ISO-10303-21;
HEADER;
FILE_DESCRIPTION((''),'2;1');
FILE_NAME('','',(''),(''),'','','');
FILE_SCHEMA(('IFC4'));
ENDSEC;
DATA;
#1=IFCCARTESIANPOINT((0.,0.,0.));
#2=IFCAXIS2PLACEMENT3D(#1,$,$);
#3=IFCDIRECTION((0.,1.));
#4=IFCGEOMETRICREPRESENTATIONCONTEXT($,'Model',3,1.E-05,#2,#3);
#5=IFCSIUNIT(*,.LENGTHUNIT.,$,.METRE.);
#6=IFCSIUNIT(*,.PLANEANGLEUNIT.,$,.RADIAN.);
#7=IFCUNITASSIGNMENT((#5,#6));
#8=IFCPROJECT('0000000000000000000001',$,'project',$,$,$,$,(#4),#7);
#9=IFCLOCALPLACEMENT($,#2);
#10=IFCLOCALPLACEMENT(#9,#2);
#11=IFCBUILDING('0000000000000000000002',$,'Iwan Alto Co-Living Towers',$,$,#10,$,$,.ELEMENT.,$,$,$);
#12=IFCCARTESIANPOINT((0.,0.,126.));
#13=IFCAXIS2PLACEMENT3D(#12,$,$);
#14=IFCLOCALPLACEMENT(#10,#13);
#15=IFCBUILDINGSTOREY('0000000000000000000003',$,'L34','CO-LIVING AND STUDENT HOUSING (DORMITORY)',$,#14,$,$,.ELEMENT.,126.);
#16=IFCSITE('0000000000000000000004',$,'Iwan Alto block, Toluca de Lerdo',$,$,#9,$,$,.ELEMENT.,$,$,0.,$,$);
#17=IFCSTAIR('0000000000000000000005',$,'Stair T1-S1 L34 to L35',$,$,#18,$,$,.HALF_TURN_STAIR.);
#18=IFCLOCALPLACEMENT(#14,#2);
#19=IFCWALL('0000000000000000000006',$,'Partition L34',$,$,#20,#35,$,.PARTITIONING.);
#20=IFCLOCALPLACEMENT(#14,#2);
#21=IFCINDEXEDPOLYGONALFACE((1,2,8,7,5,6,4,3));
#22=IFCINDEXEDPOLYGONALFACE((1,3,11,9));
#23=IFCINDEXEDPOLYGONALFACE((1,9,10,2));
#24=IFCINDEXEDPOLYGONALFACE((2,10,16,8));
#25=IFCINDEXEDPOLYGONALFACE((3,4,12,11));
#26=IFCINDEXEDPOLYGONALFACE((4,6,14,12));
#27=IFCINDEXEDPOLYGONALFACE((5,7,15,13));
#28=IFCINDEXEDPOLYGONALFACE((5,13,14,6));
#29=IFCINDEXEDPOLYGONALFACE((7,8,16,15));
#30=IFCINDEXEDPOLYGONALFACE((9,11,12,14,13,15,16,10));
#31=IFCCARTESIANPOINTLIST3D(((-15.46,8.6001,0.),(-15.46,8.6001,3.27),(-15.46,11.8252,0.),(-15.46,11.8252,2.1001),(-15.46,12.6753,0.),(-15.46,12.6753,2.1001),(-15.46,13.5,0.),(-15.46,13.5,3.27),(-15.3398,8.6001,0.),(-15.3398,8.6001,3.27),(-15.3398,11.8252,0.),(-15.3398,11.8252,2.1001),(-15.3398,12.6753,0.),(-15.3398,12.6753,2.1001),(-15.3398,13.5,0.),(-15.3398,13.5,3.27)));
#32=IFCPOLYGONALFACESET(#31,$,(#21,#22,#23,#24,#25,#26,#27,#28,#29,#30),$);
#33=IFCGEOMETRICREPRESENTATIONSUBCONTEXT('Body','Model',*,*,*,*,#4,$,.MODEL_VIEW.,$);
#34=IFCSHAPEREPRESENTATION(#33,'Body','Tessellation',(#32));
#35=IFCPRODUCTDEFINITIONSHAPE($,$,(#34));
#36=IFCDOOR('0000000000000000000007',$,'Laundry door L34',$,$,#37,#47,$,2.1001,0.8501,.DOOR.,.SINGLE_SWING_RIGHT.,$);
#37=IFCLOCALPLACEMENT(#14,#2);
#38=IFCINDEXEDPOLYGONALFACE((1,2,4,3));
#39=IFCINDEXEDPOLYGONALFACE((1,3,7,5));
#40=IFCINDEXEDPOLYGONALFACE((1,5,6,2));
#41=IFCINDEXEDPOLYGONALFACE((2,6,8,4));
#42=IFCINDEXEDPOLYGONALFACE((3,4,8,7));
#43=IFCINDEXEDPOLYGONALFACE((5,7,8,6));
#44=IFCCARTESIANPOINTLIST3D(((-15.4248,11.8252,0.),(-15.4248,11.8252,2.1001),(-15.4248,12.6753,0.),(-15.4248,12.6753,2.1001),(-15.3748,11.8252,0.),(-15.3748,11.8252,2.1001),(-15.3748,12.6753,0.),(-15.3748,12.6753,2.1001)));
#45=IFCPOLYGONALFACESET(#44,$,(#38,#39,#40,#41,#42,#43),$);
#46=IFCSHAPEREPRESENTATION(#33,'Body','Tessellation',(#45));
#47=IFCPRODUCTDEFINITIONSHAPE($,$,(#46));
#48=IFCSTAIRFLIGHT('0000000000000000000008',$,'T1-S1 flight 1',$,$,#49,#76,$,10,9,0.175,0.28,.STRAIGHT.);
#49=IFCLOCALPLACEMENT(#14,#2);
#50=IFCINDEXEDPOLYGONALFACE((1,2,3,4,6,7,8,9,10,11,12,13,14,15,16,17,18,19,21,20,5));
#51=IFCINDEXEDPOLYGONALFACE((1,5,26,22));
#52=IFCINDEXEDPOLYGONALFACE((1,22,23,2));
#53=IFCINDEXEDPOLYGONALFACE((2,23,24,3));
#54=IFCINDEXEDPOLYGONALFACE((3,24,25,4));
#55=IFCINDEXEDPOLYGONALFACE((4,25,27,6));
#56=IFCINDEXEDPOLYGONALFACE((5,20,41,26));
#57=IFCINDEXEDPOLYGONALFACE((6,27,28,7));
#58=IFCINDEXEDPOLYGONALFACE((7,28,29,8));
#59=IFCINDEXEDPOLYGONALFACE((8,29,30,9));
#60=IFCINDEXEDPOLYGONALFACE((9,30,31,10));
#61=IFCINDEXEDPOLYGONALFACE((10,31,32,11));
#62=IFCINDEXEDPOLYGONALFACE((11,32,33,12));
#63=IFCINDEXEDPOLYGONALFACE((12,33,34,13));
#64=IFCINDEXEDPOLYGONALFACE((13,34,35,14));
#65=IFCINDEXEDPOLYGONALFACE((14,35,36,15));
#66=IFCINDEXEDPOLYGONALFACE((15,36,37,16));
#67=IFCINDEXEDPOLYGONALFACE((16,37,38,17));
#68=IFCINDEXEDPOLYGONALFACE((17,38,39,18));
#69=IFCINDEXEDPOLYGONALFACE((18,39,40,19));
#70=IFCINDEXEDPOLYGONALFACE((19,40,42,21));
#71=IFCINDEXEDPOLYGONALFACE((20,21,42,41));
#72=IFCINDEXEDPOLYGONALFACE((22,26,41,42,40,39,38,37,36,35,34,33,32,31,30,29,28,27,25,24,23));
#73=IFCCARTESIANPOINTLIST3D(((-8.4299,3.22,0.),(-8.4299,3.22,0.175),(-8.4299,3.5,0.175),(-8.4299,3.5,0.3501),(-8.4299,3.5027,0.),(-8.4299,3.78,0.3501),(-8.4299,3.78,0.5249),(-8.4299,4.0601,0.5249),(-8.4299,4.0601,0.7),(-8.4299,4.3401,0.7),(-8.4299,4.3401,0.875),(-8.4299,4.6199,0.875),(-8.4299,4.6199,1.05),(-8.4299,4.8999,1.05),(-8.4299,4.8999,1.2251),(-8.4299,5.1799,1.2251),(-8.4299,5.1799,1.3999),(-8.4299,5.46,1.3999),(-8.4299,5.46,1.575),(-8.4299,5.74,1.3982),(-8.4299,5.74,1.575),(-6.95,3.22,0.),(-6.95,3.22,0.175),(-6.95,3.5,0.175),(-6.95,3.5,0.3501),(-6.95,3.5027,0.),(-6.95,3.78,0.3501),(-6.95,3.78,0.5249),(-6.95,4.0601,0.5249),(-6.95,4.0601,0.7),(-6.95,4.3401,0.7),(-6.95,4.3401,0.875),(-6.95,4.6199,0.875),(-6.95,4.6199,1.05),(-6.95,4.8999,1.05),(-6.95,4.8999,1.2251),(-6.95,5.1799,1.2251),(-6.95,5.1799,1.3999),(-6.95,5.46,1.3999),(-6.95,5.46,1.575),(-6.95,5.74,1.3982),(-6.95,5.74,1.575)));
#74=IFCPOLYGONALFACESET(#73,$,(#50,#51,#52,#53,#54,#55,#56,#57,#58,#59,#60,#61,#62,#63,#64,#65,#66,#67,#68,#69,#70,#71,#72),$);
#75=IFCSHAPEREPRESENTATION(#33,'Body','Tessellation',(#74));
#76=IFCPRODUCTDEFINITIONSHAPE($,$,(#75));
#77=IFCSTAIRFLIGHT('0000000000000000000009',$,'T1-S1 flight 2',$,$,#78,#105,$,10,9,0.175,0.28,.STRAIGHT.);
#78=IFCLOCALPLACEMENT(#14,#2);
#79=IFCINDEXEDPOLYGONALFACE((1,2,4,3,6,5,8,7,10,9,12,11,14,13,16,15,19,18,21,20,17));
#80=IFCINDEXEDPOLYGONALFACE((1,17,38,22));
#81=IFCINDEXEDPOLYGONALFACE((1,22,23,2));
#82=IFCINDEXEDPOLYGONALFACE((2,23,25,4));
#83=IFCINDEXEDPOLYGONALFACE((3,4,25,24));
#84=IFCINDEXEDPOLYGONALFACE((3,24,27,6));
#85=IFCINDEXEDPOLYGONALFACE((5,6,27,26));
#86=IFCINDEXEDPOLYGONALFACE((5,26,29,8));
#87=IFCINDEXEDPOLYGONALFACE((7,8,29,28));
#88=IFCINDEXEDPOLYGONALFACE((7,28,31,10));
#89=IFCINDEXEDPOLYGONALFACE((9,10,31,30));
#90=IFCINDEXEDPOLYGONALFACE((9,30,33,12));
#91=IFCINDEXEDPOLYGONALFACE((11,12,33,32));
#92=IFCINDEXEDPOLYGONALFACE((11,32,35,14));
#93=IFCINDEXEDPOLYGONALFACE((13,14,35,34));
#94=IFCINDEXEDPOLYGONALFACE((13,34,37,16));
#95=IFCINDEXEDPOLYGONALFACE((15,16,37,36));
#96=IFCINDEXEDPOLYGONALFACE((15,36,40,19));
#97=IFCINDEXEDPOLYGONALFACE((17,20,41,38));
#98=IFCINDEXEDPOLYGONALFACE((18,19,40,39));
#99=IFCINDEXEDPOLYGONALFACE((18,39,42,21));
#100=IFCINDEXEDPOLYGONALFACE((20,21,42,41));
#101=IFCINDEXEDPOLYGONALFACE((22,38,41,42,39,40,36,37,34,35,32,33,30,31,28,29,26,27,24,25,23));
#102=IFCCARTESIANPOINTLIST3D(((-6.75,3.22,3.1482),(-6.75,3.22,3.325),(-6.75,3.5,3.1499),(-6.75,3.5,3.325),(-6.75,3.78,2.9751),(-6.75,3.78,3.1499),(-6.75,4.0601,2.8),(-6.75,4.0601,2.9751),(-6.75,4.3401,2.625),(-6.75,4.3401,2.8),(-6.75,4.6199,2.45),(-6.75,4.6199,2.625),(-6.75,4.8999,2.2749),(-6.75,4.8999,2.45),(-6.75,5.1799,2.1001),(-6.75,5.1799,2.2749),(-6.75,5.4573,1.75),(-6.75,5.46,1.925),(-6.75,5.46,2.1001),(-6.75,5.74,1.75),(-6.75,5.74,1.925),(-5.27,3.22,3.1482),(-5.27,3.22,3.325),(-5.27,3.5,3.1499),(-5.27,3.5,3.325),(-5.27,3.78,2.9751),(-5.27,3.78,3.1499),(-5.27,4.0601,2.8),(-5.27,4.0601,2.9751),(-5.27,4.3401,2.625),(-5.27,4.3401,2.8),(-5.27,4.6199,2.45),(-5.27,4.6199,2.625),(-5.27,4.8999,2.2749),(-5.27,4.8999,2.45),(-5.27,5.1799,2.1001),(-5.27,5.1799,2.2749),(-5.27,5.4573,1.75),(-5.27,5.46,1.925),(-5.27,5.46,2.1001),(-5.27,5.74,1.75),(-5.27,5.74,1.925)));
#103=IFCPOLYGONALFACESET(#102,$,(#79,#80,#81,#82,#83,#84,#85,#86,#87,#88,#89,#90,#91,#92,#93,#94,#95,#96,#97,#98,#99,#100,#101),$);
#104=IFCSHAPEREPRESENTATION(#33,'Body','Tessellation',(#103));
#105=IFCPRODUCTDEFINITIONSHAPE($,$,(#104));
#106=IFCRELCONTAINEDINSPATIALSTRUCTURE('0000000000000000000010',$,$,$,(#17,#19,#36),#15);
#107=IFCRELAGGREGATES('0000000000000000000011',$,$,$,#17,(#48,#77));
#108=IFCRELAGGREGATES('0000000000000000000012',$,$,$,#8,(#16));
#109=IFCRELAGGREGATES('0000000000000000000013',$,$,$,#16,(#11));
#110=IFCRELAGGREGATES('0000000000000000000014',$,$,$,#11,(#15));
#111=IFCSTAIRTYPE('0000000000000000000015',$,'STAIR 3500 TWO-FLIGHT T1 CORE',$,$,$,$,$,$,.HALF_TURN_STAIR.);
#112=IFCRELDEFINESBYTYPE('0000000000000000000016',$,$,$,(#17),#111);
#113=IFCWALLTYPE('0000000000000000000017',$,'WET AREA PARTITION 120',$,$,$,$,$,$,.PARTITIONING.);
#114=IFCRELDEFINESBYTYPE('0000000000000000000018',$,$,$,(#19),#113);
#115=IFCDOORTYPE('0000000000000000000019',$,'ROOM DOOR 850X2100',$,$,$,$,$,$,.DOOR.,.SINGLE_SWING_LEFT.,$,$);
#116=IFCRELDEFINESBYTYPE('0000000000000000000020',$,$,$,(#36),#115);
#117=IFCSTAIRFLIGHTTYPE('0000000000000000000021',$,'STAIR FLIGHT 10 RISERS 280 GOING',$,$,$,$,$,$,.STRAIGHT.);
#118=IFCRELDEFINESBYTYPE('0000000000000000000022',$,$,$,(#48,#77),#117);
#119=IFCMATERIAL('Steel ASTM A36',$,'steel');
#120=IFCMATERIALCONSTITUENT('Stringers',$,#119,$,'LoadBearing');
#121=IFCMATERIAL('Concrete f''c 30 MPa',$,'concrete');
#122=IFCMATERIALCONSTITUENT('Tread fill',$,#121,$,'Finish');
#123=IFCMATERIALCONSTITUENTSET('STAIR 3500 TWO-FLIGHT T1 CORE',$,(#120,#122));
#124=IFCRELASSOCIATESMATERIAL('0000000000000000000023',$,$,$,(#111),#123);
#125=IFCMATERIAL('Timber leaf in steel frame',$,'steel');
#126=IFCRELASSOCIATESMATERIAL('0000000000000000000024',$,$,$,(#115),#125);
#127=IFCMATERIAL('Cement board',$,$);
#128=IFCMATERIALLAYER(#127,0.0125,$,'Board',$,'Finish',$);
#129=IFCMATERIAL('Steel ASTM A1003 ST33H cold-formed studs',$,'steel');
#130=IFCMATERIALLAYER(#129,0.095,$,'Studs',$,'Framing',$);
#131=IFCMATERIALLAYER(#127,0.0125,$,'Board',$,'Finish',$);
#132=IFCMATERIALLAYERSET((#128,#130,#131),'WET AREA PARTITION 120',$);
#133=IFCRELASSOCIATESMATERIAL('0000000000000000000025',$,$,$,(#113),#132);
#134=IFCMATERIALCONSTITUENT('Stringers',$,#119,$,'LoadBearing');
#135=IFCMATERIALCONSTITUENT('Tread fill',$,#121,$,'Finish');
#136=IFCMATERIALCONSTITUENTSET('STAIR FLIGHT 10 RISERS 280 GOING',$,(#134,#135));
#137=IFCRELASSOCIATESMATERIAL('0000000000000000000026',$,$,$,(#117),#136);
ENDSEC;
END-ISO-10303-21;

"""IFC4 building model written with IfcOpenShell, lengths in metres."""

from ifc_helpers import new_model, si_unit, direction, frame, frame_2d, origin, place, context, subcontext, project, spatial, polyline, rectangle, outline, extrude, material, layer, layer_set, constituent, constituent_set, type_object, element, fill, aggregate, save


model = new_model("IFC4")

# Units and contexts
model_context = context("Model", 3, precision=1e-05, world=origin(), true_north=direction((0.0, 1.0)))
body_context = subcontext(model_context, "Body", "Model", "MODEL_VIEW")
ifc_project = project(units=[si_unit("LENGTHUNIT", "METRE"), si_unit("PLANEANGLEUNIT", "RADIAN")], contexts=[model_context])

# Site, building, storey
site_placement = place(None, origin())
site = spatial("IfcSite", under=ifc_project, at=site_placement, Name="Iwan Alto block, Toluca de Lerdo", CompositionType="ELEMENT", RefElevation=0.0)
building_placement = place(site_placement, origin())
building = spatial("IfcBuilding", under=site, at=building_placement, Name="Iwan Alto Co-Living Towers", CompositionType="ELEMENT")
storey_placement = place(building_placement, frame((0.0, 0.0, 126.0)))
storey = spatial("IfcBuildingStorey", under=building, at=storey_placement, Name="L34", Description="CO-LIVING AND STUDENT HOUSING (DORMITORY)", CompositionType="ELEMENT", Elevation=126.0)

# Shared definitions
ifc_material_1 = material(Name="Steel ASTM A36", Category="steel")

# Stair
ifc_constituent_1 = constituent(ifc_material_1, Name="Stringers", Category="LoadBearing")
ifc_material_2 = material(Name="Concrete f'c 30 MPa", Category="concrete")
ifc_constituent_2 = constituent(ifc_material_2, Name="Tread fill", Category="Finish")
ifc_constituent_set_1 = constituent_set(constituents=[ifc_constituent_1, ifc_constituent_2], Name="STAIR 3500 TWO-FLIGHT T1 CORE")
stair_type = type_object("IfcStairType", Name="STAIR 3500 TWO-FLIGHT T1 CORE", PredefinedType="HALF_TURN_STAIR", material=ifc_constituent_set_1)
stair_placement = place(storey_placement, origin())
stair = element("IfcStair", 1, at=stair_placement, inside=storey, type_object=stair_type, Name="Stair T1-S1 L34 to L35", PredefinedType="HALF_TURN_STAIR")

# Shared definitions
ifc_material_3 = material(Name="Steel ASTM A1003 ST33H cold-formed studs", Category="steel")

# Shared definitions
ifc_material_4 = material(Name="Timber leaf in steel frame", Category="steel")
door_type_1 = type_object("IfcDoorType", Name="ROOM DOOR 850X2100", OperationType="SINGLE_SWING_LEFT", PredefinedType="DOOR", material=ifc_material_4)

# Shared definitions
ifc_material_5 = material(Name="Cement board")
ifc_layer_1 = layer(ifc_material_5, 0.0125, Name="Board", Category="Finish")
ifc_layer_2 = layer(ifc_material_3, 0.095, Name="Studs", Category="Framing")
ifc_layer_3 = layer(ifc_material_5, 0.0125, Name="Board", Category="Finish")
ifc_layer_set_1 = layer_set([ifc_layer_1, ifc_layer_2, ifc_layer_3], Name="WET AREA PARTITION 120")
wall_type_1 = type_object("IfcWallType", Name="WET AREA PARTITION 120", PredefinedType="PARTITIONING", material=ifc_layer_set_1)

# Wall, opening, door
wall_1_placement = place(storey_placement, frame((-15.3999, 8.6001, 0.0), z_axis=(0.0, 0.0, 1.0), x_axis=(0.0, 1.0, 0.0)))
wall_1 = element("IfcWall", 2, at=wall_1_placement, inside=storey, type_object=wall_type_1, Name="Partition L34", PredefinedType="PARTITIONING", context=body_context, shape_type="SweptSolid", body=[
    extrude(rectangle(XDim=4.8999, YDim=0.1201, at=frame_2d((2.45, 0.0))), origin(), (0.0, 0.0, 1.0), 3.27),
])
opening_1_placement = place(wall_1_placement, frame((3.2251, 0.0, 0.0)))
opening_1 = element("IfcOpeningElement", 3, at=opening_1_placement, cuts=wall_1, PredefinedType="OPENING", context=body_context, shape_type="SweptSolid", body=[
    extrude(rectangle(XDim=0.8501, YDim=2.1001, at=frame_2d((0.425, 1.05))), frame((0.0, 0.0701, 0.0), z_axis=(0.0, -1.0, 0.0), x_axis=(1.0, 0.0, 0.0)), (0.0, 0.0, 1.0), 0.1401),
])
door_1_placement = place(opening_1_placement, origin())
door_1 = element("IfcDoor", 4, at=door_1_placement, inside=storey, type_object=door_type_1, Name="Laundry door L34", OperationType="SINGLE_SWING_RIGHT", OverallHeight=2.1001, OverallWidth=0.8501, PredefinedType="DOOR", context=body_context, shape_type="SweptSolid", body=[
    extrude(rectangle(XDim=0.8501, YDim=2.1001, at=frame_2d((0.425, 1.05))), frame((0.0, 0.0249, 0.0), z_axis=(0.0, -1.0, 0.0), x_axis=(1.0, 0.0, 0.0)), (0.0, 0.0, 1.0), 0.05),
])
fill(opening_1, door_1)

# Stair flights
ifc_constituent_3 = constituent(ifc_material_1, Name="Stringers", Category="LoadBearing")
ifc_constituent_4 = constituent(ifc_material_2, Name="Tread fill", Category="Finish")
ifc_constituent_set_2 = constituent_set(constituents=[ifc_constituent_3, ifc_constituent_4], Name="STAIR FLIGHT 10 RISERS 280 GOING")
stair_flight_type = type_object("IfcStairFlightType", Name="STAIR FLIGHT 10 RISERS 280 GOING", PredefinedType="STRAIGHT", material=ifc_constituent_set_2)
stair_flight_1_placement = place(storey_placement, frame((-7.6899, 3.22, 0.0), z_axis=(0.0, 0.0, 1.0), x_axis=(0.0, 1.0, 0.0)))
stair_flight_1 = element("IfcStairFlight", 5, at=stair_flight_1_placement, type_object=stair_flight_type, Name="T1-S1 flight 1", NumberOfRisers=10, NumberOfTreads=9, PredefinedType="STRAIGHT", RiserHeight=0.175, TreadLength=0.28, context=body_context, shape_type="SweptSolid", body=[
    extrude(outline(polyline([(0.0, 0.0), (0.0, 0.175), (0.28, 0.175), (0.28, 0.3501), (0.5601, 0.3501), (0.5601, 0.5249), (0.8401, 0.5249), (0.8401, 0.7), (1.1201, 0.7), (1.1201, 0.875), (1.3999, 0.875), (1.3999, 1.05), (1.6799, 1.05), (1.6799, 1.2251), (1.96, 1.2251), (1.96, 1.3999), (2.24, 1.3999), (2.24, 1.575), (2.52, 1.575), (2.52, 1.75), (2.52, 1.3982), (0.2827, 0.0), (0.0, 0.0)])), frame((0.0, 0.74, 0.0), z_axis=(0.0, -1.0, 0.0), x_axis=(1.0, 0.0, 0.0)), (0.0, 0.0, 1.0), 1.48),
])
stair_flight_2_placement = place(storey_placement, frame((-6.01, 5.74, 1.75), z_axis=(0.0, 0.0, 1.0), x_axis=(0.0, -1.0, 0.0)))
stair_flight_2 = element("IfcStairFlight", 6, at=stair_flight_2_placement, type_object=stair_flight_type, Name="T1-S1 flight 2", NumberOfRisers=10, NumberOfTreads=9, PredefinedType="STRAIGHT", RiserHeight=0.175, TreadLength=0.28, context=body_context, shape_type="SweptSolid", body=[
    extrude(outline(polyline([(0.0, 0.0), (0.0, 0.175), (0.28, 0.175), (0.28, 0.3501), (0.5601, 0.3501), (0.5601, 0.5249), (0.8401, 0.5249), (0.8401, 0.7), (1.1201, 0.7), (1.1201, 0.875), (1.3999, 0.875), (1.3999, 1.05), (1.6799, 1.05), (1.6799, 1.2251), (1.96, 1.2251), (1.96, 1.3999), (2.24, 1.3999), (2.24, 1.575), (2.52, 1.575), (2.52, 1.75), (2.52, 1.3982), (0.2827, 0.0), (0.0, 0.0)])), frame((0.0, 0.74, 0.0), z_axis=(0.0, -1.0, 0.0), x_axis=(1.0, 0.0, 0.0)), (0.0, 0.0, 1.0), 1.48),
])
aggregate(stair, [stair_flight_1, stair_flight_2])

save(model, "model.ifc")
